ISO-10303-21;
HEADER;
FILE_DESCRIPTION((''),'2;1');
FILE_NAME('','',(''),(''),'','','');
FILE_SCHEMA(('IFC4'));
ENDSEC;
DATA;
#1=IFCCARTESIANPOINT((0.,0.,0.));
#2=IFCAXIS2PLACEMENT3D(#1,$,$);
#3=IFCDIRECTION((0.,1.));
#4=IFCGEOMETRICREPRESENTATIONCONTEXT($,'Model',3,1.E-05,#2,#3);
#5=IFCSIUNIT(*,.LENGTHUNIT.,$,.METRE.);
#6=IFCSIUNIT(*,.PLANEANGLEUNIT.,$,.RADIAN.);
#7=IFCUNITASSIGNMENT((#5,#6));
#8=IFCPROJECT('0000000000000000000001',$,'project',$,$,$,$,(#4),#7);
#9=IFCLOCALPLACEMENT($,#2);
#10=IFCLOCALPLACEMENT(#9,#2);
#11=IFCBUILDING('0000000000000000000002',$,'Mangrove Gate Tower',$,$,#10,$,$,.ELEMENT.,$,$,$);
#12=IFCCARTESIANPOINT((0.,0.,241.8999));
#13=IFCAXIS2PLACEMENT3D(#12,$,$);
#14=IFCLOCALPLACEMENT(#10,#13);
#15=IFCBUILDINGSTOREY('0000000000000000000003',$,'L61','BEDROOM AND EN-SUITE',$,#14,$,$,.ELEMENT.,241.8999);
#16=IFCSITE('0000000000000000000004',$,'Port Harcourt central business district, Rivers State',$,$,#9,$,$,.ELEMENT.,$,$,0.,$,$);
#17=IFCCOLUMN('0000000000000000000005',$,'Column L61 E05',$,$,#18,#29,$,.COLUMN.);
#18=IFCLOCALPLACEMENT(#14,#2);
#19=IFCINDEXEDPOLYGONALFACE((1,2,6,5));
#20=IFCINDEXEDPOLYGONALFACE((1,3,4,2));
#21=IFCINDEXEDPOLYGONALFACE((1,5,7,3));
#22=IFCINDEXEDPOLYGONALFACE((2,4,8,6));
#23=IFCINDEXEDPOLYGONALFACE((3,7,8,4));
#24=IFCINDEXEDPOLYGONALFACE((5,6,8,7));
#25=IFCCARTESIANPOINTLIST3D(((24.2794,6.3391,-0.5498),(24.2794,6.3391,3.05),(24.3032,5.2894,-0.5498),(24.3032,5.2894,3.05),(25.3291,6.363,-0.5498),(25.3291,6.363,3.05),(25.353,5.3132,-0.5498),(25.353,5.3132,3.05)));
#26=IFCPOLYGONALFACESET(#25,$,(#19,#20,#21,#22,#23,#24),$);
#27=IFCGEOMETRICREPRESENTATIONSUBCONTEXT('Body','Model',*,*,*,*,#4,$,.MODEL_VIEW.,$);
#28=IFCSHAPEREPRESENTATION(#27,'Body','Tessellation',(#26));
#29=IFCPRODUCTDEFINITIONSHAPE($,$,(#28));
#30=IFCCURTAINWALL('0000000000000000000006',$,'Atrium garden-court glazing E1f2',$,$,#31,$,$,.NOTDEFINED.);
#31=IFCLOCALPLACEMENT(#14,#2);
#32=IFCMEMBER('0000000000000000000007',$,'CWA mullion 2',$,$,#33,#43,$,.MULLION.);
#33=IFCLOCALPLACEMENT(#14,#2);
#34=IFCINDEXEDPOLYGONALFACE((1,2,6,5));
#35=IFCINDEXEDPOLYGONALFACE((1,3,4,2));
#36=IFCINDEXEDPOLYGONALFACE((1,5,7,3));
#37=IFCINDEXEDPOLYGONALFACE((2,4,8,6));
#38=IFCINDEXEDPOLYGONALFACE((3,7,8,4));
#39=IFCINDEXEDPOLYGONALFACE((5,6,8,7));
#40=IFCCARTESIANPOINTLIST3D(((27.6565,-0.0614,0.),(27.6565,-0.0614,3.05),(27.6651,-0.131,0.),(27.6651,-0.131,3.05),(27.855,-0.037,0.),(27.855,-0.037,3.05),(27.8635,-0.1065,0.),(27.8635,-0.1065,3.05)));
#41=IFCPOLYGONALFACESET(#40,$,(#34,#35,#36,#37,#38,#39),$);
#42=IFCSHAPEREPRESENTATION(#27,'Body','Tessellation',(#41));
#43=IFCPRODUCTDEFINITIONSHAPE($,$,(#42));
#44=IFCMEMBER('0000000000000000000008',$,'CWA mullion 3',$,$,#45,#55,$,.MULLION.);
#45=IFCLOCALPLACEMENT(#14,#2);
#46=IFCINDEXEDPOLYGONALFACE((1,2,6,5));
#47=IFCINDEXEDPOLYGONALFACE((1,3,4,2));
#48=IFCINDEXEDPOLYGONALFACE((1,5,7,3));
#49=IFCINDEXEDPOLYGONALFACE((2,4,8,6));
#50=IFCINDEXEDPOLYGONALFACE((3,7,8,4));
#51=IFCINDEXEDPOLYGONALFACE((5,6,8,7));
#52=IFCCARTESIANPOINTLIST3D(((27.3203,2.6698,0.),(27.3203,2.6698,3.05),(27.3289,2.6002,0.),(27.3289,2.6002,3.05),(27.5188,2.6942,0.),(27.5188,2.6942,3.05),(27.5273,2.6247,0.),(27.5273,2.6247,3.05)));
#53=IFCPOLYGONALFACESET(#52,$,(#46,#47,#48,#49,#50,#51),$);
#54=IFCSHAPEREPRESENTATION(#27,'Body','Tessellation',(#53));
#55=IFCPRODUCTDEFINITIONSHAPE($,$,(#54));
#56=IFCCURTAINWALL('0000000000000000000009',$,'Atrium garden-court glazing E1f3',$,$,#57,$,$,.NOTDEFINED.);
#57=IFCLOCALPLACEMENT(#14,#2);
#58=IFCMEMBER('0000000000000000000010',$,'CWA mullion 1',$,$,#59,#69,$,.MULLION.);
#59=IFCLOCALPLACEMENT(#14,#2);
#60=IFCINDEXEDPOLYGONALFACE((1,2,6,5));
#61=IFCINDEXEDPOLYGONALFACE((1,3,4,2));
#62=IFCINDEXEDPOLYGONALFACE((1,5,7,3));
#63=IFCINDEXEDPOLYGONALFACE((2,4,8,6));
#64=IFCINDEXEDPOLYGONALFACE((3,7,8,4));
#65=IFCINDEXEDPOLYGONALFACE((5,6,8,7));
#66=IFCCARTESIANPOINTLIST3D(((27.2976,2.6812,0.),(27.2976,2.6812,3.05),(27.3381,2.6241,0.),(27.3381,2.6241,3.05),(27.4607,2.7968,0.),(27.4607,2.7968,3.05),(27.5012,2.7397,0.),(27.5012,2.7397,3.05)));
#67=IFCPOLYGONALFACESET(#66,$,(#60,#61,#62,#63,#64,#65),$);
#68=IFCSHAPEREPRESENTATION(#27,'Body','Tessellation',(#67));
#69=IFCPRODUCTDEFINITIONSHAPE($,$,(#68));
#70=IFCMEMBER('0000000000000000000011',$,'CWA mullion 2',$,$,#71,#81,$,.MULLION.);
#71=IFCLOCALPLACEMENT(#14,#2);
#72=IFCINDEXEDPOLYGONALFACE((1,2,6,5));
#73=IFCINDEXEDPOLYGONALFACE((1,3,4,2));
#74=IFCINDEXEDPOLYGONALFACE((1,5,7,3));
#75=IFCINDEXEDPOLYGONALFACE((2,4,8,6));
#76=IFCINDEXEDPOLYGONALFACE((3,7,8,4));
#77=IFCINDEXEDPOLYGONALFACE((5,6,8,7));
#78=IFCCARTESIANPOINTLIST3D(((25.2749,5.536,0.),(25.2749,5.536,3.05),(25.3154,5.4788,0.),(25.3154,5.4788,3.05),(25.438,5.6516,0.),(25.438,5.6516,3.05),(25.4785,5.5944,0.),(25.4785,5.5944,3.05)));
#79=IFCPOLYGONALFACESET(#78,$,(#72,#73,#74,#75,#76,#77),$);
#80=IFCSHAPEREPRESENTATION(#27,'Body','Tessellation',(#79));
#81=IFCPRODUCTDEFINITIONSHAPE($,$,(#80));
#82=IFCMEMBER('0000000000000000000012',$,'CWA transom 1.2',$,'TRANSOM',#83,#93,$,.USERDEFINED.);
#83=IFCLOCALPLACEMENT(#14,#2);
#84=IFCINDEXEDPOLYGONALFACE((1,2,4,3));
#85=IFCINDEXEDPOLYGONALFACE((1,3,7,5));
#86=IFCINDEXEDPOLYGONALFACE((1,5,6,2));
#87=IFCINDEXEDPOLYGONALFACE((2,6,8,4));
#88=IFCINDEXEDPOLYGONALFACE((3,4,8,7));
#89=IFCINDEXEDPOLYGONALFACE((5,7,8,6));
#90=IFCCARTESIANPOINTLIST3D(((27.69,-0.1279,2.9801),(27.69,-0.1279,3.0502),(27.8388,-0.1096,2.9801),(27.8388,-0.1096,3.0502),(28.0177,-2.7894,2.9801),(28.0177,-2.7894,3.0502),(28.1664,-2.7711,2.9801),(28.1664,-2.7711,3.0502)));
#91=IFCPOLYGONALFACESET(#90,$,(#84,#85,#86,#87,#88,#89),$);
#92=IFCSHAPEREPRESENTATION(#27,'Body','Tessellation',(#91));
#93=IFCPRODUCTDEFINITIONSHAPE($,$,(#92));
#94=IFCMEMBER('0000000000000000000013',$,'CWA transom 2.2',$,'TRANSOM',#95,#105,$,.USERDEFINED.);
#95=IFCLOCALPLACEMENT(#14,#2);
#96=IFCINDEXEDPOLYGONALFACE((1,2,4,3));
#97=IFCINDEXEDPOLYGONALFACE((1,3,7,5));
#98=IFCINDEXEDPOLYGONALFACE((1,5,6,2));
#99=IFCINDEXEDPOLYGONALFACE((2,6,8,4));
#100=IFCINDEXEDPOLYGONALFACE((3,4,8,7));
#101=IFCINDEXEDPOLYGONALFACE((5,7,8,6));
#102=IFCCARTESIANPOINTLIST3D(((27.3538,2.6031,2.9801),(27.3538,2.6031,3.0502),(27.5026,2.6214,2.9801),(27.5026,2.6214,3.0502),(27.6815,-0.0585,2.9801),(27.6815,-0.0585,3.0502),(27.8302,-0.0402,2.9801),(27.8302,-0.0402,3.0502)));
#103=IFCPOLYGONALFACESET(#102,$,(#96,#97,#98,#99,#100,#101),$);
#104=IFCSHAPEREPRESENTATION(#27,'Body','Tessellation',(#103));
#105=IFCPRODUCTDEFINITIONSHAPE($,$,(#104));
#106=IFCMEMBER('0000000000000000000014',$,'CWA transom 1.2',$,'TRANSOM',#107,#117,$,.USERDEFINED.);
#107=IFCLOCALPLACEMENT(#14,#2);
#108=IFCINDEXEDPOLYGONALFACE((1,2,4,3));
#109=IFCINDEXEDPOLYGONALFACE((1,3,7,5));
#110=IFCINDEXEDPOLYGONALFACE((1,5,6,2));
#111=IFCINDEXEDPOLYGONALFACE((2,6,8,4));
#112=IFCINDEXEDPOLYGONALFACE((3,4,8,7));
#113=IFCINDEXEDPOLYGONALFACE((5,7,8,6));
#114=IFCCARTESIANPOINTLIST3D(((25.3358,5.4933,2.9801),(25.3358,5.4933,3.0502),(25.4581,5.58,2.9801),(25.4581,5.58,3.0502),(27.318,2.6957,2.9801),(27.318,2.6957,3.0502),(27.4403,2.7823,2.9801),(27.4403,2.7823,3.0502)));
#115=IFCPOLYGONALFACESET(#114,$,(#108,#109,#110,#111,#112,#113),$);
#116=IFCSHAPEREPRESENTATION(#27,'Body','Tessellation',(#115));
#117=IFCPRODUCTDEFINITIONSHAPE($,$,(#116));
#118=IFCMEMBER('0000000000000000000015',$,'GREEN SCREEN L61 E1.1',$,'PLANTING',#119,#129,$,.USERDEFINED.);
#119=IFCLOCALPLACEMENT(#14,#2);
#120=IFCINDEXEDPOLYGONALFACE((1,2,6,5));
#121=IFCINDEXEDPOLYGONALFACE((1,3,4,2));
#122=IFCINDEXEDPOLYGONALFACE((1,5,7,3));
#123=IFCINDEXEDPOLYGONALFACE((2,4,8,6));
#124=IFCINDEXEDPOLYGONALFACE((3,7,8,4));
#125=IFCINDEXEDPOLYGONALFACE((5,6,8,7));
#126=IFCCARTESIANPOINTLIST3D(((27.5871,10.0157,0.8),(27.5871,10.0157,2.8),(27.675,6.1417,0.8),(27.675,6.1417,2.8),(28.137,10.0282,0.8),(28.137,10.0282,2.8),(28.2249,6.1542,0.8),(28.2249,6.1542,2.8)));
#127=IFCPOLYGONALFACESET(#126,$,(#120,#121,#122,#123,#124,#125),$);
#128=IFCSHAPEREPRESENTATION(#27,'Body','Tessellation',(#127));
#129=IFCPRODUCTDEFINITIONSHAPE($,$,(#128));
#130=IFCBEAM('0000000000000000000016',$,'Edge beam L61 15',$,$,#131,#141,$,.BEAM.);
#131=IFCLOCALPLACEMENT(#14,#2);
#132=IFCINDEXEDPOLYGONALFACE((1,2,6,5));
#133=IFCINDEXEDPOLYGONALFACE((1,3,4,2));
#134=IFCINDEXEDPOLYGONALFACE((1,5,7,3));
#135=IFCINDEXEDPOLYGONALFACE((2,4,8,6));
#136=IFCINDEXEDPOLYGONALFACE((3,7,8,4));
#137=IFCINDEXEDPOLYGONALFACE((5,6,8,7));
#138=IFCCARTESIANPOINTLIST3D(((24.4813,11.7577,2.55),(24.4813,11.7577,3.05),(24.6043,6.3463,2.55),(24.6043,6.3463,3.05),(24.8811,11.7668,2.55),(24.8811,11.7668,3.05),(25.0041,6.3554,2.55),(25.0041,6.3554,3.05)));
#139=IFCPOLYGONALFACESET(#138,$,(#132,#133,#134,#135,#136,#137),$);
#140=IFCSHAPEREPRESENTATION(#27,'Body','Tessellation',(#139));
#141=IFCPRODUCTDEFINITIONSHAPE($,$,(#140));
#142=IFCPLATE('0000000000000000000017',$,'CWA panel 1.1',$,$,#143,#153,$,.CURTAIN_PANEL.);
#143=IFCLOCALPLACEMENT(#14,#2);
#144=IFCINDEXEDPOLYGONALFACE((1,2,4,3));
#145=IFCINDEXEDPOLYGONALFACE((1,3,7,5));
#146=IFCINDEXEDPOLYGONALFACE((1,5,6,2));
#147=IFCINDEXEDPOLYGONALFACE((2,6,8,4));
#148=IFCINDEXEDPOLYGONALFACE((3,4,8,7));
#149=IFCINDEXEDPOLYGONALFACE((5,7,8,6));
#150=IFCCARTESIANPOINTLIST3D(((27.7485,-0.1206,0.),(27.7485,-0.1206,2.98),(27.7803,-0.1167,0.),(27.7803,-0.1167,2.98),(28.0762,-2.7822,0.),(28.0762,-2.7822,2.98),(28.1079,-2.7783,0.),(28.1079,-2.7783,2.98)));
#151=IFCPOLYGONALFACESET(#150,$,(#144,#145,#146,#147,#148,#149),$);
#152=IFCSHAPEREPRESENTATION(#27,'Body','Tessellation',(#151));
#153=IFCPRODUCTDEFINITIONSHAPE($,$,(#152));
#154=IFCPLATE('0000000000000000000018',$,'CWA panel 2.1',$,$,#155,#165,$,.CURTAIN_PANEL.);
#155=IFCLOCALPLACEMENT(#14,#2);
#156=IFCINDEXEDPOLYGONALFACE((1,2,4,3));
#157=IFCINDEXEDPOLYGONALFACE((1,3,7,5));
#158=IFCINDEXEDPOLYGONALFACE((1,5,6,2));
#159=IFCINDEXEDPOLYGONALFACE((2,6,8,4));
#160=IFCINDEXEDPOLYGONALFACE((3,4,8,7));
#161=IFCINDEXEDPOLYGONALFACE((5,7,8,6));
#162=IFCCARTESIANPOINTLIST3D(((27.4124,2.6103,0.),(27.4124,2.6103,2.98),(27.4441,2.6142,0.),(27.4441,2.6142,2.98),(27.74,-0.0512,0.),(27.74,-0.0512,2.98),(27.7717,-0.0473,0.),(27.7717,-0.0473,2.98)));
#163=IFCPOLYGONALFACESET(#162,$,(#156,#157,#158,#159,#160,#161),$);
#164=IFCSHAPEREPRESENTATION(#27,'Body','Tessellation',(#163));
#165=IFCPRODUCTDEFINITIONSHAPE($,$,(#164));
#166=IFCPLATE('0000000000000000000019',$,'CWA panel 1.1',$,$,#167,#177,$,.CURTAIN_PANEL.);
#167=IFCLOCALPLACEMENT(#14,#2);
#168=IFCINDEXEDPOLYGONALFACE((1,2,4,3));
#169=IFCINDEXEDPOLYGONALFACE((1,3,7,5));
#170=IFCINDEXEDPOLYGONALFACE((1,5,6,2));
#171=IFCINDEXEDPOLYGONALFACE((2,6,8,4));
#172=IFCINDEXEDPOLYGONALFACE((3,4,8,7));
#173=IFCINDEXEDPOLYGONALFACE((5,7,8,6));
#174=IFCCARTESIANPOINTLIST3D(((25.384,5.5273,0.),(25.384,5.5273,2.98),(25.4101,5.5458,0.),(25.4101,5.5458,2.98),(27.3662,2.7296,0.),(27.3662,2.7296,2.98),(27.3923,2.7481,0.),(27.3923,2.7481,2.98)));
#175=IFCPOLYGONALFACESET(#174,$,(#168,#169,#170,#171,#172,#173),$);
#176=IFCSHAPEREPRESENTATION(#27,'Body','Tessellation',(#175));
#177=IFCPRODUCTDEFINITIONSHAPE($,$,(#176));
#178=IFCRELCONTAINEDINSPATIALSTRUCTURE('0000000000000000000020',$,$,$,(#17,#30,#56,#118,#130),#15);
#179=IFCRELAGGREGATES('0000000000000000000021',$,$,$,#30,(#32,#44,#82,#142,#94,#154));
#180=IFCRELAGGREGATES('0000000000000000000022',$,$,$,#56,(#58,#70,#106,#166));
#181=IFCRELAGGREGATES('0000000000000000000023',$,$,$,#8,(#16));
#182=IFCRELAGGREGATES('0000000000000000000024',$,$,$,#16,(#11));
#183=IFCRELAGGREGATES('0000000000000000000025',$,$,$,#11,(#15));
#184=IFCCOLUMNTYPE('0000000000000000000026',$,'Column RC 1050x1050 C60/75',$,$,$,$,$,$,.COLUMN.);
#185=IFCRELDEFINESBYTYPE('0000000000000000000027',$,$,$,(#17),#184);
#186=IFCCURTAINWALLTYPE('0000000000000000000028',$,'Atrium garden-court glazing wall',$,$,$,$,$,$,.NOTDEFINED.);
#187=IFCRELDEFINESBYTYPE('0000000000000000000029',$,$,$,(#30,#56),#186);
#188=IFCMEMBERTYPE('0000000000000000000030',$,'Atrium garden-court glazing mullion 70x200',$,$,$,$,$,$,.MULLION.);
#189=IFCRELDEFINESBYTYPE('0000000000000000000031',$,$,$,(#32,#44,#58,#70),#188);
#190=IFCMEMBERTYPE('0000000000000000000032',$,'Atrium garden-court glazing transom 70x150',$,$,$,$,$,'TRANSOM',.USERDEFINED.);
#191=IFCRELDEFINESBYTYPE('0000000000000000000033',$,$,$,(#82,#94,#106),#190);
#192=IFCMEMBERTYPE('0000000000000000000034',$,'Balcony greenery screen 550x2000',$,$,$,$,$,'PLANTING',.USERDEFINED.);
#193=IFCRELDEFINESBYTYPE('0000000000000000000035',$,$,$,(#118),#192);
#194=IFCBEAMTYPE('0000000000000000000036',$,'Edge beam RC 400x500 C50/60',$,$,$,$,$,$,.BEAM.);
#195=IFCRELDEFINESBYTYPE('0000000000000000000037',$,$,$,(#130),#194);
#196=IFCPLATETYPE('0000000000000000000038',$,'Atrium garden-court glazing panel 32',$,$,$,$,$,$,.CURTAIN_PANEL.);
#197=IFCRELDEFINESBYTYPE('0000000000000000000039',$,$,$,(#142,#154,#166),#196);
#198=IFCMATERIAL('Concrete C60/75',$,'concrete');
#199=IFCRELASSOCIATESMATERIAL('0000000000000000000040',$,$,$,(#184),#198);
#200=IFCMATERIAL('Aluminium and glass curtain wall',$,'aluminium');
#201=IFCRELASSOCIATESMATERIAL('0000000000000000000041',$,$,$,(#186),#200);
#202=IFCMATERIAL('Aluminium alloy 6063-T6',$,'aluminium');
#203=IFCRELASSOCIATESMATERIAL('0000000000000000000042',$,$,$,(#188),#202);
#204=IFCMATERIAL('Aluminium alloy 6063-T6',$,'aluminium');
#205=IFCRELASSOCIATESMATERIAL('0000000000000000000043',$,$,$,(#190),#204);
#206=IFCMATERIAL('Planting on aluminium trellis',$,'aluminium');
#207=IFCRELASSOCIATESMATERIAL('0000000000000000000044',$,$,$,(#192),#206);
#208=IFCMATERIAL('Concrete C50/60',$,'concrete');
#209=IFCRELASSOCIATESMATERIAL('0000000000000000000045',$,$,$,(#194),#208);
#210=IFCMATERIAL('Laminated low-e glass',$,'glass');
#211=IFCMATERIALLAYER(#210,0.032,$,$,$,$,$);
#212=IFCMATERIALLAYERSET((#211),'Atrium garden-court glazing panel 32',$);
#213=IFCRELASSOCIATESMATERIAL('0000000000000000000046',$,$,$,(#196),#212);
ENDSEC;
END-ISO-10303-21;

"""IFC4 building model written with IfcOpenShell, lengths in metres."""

from ifc_helpers import new_model, si_unit, direction, frame, origin, origin_2d, place, context, subcontext, project, spatial, rectangle, extrude, material, layer, layer_set, material_profile, profile_set, type_object, element, aggregate, save


model = new_model("IFC4")

# Units and contexts
model_context = context("Model", 3, precision=1e-05, world=origin(), true_north=direction((0.0, 1.0)))
body_context = subcontext(model_context, "Body", "Model", "MODEL_VIEW")
ifc_project = project(units=[si_unit("LENGTHUNIT", "METRE"), si_unit("PLANEANGLEUNIT", "RADIAN")], contexts=[model_context])

# Site, building, storey
site_placement = place(None, origin())
site = spatial("IfcSite", under=ifc_project, at=site_placement, Name="Port Harcourt central business district, Rivers State", CompositionType="ELEMENT", RefElevation=0.0)
building_placement = place(site_placement, origin())
building = spatial("IfcBuilding", under=site, at=building_placement, Name="Mangrove Gate Tower", CompositionType="ELEMENT")
storey_placement = place(building_placement, frame((0.0, 0.0, 241.8999)))
storey = spatial("IfcBuildingStorey", under=building, at=storey_placement, Name="L61", Description="BEDROOM AND EN-SUITE", CompositionType="ELEMENT", Elevation=241.8999)

# Column
ifc_material_1 = material(Name="Concrete C60/75", Category="concrete")
ifc_material_profile_1 = material_profile(ifc_material_1, rectangle(XDim=1.05, YDim=1.05, at=origin_2d()))
ifc_profile_set_1 = profile_set([ifc_material_profile_1], Name="Concrete C60/75")
column_type = type_object("IfcColumnType", Name="Column RC 1050x1050 C60/75", PredefinedType="COLUMN", material=ifc_profile_set_1)
column_placement = place(storey_placement, frame((24.8162, 5.8262, -0.5498), z_axis=(0.0, 0.0, 1.0), x_axis=(-0.022708, 0.999742, 0.0)))
element("IfcColumn", 1, at=column_placement, inside=storey, type_object=column_type, Name="Column L61 E05", PredefinedType="COLUMN", context=body_context, shape_type="SweptSolid", body=[
    extrude(rectangle(XDim=1.05, YDim=1.05, at=origin_2d()), origin(), (0.0, 0.0, 1.0), 3.5999),
])

# Curtain walls, members
ifc_material_2 = material(Name="Aluminium and glass curtain wall", Category="aluminium")
curtain_wall_type = type_object("IfcCurtainWallType", Name="Atrium garden-court glazing wall", PredefinedType="NOTDEFINED", material=ifc_material_2)
curtain_wall_1_placement = place(storey_placement, origin())
curtain_wall_1 = element("IfcCurtainWall", 2, at=curtain_wall_1_placement, inside=storey, type_object=curtain_wall_type, Name="Atrium garden-court glazing E1f2", PredefinedType="NOTDEFINED")
ifc_material_3 = material(Name="Aluminium alloy 6063-T6", Category="aluminium")
ifc_material_profile_2 = material_profile(ifc_material_3, rectangle(XDim=0.0701, YDim=0.2, at=origin_2d()))
ifc_profile_set_2 = profile_set([ifc_material_profile_2], Name="Aluminium alloy 6063-T6")
member_type_1 = type_object("IfcMemberType", Name="Atrium garden-court glazing mullion 70x200", PredefinedType="MULLION", material=ifc_profile_set_2)
member_1_placement = place(storey_placement, frame((27.76, -0.084, 0.0), z_axis=(0.0, 0.0, 1.0), x_axis=(-0.122172, 0.992509, 0.0)))
member_1 = element("IfcMember", 3, at=member_1_placement, type_object=member_type_1, Name="CWA mullion 2", PredefinedType="MULLION", context=body_context, shape_type="SweptSolid", body=[
    extrude(rectangle(XDim=0.0701, YDim=0.2, at=origin_2d()), origin(), (0.0, 0.0, 1.0), 3.05),
])
member_2_placement = place(storey_placement, frame((27.4238, 2.6472, 0.0), z_axis=(0.0, 0.0, 1.0), x_axis=(-0.122172, 0.992509, 0.0)))
member_2 = element("IfcMember", 4, at=member_2_placement, type_object=member_type_1, Name="CWA mullion 3", PredefinedType="MULLION", context=body_context, shape_type="SweptSolid", body=[
    extrude(rectangle(XDim=0.0701, YDim=0.2, at=origin_2d()), origin(), (0.0, 0.0, 1.0), 3.05),
])
curtain_wall_2_placement = place(storey_placement, origin())
curtain_wall_2 = element("IfcCurtainWall", 5, at=curtain_wall_2_placement, inside=storey, type_object=curtain_wall_type, Name="Atrium garden-court glazing E1f3", PredefinedType="NOTDEFINED")
member_3_placement = place(storey_placement, frame((27.3994, 2.7104, 0.0), z_axis=(0.0, 0.0, 1.0), x_axis=(-0.578121, 0.815951, 0.0)))
member_3 = element("IfcMember", 6, at=member_3_placement, type_object=member_type_1, Name="CWA mullion 1", PredefinedType="MULLION", context=body_context, shape_type="SweptSolid", body=[
    extrude(rectangle(XDim=0.0701, YDim=0.2, at=origin_2d()), origin(), (0.0, 0.0, 1.0), 3.05),
])
member_4_placement = place(storey_placement, frame((25.3767, 5.5652, 0.0), z_axis=(0.0, 0.0, 1.0), x_axis=(-0.578121, 0.815951, 0.0)))
member_4 = element("IfcMember", 7, at=member_4_placement, type_object=member_type_1, Name="CWA mullion 2", PredefinedType="MULLION", context=body_context, shape_type="SweptSolid", body=[
    extrude(rectangle(XDim=0.0701, YDim=0.2, at=origin_2d()), origin(), (0.0, 0.0, 1.0), 3.05),
])

# Members
ifc_material_4 = material(Name="Aluminium alloy 6063-T6", Category="aluminium")
ifc_material_profile_3 = material_profile(ifc_material_4, rectangle(XDim=0.0701, YDim=0.1499, at=origin_2d()))
ifc_profile_set_3 = profile_set([ifc_material_profile_3], Name="Aluminium alloy 6063-T6")
member_type_2 = type_object("IfcMemberType", Name="Atrium garden-court glazing transom 70x150", ElementType="TRANSOM", PredefinedType="USERDEFINED", material=ifc_profile_set_3)
member_5_placement = place(storey_placement, frame((28.092, -2.7803, 3.0151), z_axis=(-0.122175, 0.992509, 0.0), x_axis=(0.0, 0.0, 1.0)))
member_5 = element("IfcMember", 8, at=member_5_placement, type_object=member_type_2, Name="CWA transom 1.2", ObjectType="TRANSOM", PredefinedType="USERDEFINED", context=body_context, shape_type="SweptSolid", body=[
    extrude(rectangle(XDim=0.0701, YDim=0.1499, at=origin_2d()), origin(), (0.0, 0.0, 1.0), 2.6816),
])
member_6_placement = place(storey_placement, frame((27.7559, -0.0493, 3.0151), z_axis=(-0.122175, 0.992509, 0.0), x_axis=(0.0, 0.0, 1.0)))
member_6 = element("IfcMember", 9, at=member_6_placement, type_object=member_type_2, Name="CWA transom 2.2", ObjectType="TRANSOM", PredefinedType="USERDEFINED", context=body_context, shape_type="SweptSolid", body=[
    extrude(rectangle(XDim=0.0701, YDim=0.1499, at=origin_2d()), origin(), (0.0, 0.0, 1.0), 2.6816),
])
member_7_placement = place(storey_placement, frame((27.3792, 2.739, 3.0151), z_axis=(-0.578122, 0.81595, 0.0), x_axis=(0.0, 0.0, 1.0)))
member_7 = element("IfcMember", 10, at=member_7_placement, type_object=member_type_2, Name="CWA transom 1.2", ObjectType="TRANSOM", PredefinedType="USERDEFINED", context=body_context, shape_type="SweptSolid", body=[
    extrude(rectangle(XDim=0.0701, YDim=0.1499, at=origin_2d()), origin(), (0.0, 0.0, 1.0), 3.4287),
])
ifc_material_5 = material(Name="Planting on aluminium trellis", Category="aluminium")
ifc_material_profile_4 = material_profile(ifc_material_5, rectangle(XDim=0.55, YDim=2.0, at=origin_2d()))
ifc_profile_set_4 = profile_set([ifc_material_profile_4], Name="Planting on aluminium trellis")
member_type_3 = type_object("IfcMemberType", Name="Balcony greenery screen 550x2000", ElementType="PLANTING", PredefinedType="USERDEFINED", material=ifc_profile_set_4)
member_8_placement = place(storey_placement, frame((27.95, 6.1479, 1.8), z_axis=(-0.022681, 0.999743, 0.0), x_axis=(-0.999743, -0.022681, 0.0)))
element("IfcMember", 11, at=member_8_placement, inside=storey, type_object=member_type_3, Name="GREEN SCREEN L61 E1.1", ObjectType="PLANTING", PredefinedType="USERDEFINED", context=body_context, shape_type="SweptSolid", body=[
    extrude(rectangle(XDim=0.55, YDim=2.0, at=origin_2d()), origin(), (0.0, 0.0, 1.0), 3.875),
])

# Beam
ifc_material_6 = material(Name="Concrete C50/60", Category="concrete")
ifc_material_profile_5 = material_profile(ifc_material_6, rectangle(XDim=0.3999, YDim=0.5, at=origin_2d()))
ifc_profile_set_5 = profile_set([ifc_material_profile_5], Name="Concrete C50/60")
beam_type = type_object("IfcBeamType", Name="Edge beam RC 400x500 C50/60", PredefinedType="BEAM", material=ifc_profile_set_5)
beam_placement = place(storey_placement, frame((24.8042, 6.3508, 2.8), z_axis=(-0.022733, 0.999742, 0.0), x_axis=(-0.999742, -0.022733, 0.0)))
element("IfcBeam", 12, at=beam_placement, inside=storey, type_object=beam_type, Name="Edge beam L61 15", PredefinedType="BEAM", context=body_context, shape_type="SweptSolid", body=[
    extrude(rectangle(XDim=0.3999, YDim=0.5, at=origin_2d()), origin(), (0.0, 0.0, 1.0), 5.4128),
])

# Plates
ifc_material_7 = material(Name="Laminated low-e glass", Category="glass")
ifc_layer_1 = layer(ifc_material_7, 0.032)
ifc_layer_set_1 = layer_set([ifc_layer_1], Name="Atrium garden-court glazing panel 32")
plate_type = type_object("IfcPlateType", Name="Atrium garden-court glazing panel 32", PredefinedType="CURTAIN_PANEL", material=ifc_layer_set_1)
plate_1_placement = place(storey_placement, frame((27.9282, -1.4495, 0.0), z_axis=(0.0, 0.0, 1.0), x_axis=(-0.122172, 0.992509, 0.0)))
plate_1 = element("IfcPlate", 13, at=plate_1_placement, type_object=plate_type, Name="CWA panel 1.1", PredefinedType="CURTAIN_PANEL", context=body_context, shape_type="SweptSolid", body=[
    extrude(rectangle(XDim=2.6816, YDim=0.032, at=origin_2d()), origin(), (0.0, 0.0, 1.0), 2.98),
])
plate_2_placement = place(storey_placement, frame((27.592, 1.2815, 0.0), z_axis=(0.0, 0.0, 1.0), x_axis=(-0.122172, 0.992509, 0.0)))
plate_2 = element("IfcPlate", 14, at=plate_2_placement, type_object=plate_type, Name="CWA panel 2.1", PredefinedType="CURTAIN_PANEL", context=body_context, shape_type="SweptSolid", body=[
    extrude(rectangle(XDim=2.6816, YDim=0.032, at=origin_2d()), origin(), (0.0, 0.0, 1.0), 2.98),
])
aggregate(curtain_wall_1, [member_1, member_2, member_5, plate_1, member_6, plate_2])
plate_3_placement = place(storey_placement, frame((26.3882, 4.1377, 0.0), z_axis=(0.0, 0.0, 1.0), x_axis=(-0.578121, 0.815951, 0.0)))
plate_3 = element("IfcPlate", 15, at=plate_3_placement, type_object=plate_type, Name="CWA panel 1.1", PredefinedType="CURTAIN_PANEL", context=body_context, shape_type="SweptSolid", body=[
    extrude(rectangle(XDim=3.4287, YDim=0.032, at=origin_2d()), origin(), (0.0, 0.0, 1.0), 2.98),
])
aggregate(curtain_wall_2, [member_3, member_4, member_7, plate_3])

save(model, "model.ifc")
